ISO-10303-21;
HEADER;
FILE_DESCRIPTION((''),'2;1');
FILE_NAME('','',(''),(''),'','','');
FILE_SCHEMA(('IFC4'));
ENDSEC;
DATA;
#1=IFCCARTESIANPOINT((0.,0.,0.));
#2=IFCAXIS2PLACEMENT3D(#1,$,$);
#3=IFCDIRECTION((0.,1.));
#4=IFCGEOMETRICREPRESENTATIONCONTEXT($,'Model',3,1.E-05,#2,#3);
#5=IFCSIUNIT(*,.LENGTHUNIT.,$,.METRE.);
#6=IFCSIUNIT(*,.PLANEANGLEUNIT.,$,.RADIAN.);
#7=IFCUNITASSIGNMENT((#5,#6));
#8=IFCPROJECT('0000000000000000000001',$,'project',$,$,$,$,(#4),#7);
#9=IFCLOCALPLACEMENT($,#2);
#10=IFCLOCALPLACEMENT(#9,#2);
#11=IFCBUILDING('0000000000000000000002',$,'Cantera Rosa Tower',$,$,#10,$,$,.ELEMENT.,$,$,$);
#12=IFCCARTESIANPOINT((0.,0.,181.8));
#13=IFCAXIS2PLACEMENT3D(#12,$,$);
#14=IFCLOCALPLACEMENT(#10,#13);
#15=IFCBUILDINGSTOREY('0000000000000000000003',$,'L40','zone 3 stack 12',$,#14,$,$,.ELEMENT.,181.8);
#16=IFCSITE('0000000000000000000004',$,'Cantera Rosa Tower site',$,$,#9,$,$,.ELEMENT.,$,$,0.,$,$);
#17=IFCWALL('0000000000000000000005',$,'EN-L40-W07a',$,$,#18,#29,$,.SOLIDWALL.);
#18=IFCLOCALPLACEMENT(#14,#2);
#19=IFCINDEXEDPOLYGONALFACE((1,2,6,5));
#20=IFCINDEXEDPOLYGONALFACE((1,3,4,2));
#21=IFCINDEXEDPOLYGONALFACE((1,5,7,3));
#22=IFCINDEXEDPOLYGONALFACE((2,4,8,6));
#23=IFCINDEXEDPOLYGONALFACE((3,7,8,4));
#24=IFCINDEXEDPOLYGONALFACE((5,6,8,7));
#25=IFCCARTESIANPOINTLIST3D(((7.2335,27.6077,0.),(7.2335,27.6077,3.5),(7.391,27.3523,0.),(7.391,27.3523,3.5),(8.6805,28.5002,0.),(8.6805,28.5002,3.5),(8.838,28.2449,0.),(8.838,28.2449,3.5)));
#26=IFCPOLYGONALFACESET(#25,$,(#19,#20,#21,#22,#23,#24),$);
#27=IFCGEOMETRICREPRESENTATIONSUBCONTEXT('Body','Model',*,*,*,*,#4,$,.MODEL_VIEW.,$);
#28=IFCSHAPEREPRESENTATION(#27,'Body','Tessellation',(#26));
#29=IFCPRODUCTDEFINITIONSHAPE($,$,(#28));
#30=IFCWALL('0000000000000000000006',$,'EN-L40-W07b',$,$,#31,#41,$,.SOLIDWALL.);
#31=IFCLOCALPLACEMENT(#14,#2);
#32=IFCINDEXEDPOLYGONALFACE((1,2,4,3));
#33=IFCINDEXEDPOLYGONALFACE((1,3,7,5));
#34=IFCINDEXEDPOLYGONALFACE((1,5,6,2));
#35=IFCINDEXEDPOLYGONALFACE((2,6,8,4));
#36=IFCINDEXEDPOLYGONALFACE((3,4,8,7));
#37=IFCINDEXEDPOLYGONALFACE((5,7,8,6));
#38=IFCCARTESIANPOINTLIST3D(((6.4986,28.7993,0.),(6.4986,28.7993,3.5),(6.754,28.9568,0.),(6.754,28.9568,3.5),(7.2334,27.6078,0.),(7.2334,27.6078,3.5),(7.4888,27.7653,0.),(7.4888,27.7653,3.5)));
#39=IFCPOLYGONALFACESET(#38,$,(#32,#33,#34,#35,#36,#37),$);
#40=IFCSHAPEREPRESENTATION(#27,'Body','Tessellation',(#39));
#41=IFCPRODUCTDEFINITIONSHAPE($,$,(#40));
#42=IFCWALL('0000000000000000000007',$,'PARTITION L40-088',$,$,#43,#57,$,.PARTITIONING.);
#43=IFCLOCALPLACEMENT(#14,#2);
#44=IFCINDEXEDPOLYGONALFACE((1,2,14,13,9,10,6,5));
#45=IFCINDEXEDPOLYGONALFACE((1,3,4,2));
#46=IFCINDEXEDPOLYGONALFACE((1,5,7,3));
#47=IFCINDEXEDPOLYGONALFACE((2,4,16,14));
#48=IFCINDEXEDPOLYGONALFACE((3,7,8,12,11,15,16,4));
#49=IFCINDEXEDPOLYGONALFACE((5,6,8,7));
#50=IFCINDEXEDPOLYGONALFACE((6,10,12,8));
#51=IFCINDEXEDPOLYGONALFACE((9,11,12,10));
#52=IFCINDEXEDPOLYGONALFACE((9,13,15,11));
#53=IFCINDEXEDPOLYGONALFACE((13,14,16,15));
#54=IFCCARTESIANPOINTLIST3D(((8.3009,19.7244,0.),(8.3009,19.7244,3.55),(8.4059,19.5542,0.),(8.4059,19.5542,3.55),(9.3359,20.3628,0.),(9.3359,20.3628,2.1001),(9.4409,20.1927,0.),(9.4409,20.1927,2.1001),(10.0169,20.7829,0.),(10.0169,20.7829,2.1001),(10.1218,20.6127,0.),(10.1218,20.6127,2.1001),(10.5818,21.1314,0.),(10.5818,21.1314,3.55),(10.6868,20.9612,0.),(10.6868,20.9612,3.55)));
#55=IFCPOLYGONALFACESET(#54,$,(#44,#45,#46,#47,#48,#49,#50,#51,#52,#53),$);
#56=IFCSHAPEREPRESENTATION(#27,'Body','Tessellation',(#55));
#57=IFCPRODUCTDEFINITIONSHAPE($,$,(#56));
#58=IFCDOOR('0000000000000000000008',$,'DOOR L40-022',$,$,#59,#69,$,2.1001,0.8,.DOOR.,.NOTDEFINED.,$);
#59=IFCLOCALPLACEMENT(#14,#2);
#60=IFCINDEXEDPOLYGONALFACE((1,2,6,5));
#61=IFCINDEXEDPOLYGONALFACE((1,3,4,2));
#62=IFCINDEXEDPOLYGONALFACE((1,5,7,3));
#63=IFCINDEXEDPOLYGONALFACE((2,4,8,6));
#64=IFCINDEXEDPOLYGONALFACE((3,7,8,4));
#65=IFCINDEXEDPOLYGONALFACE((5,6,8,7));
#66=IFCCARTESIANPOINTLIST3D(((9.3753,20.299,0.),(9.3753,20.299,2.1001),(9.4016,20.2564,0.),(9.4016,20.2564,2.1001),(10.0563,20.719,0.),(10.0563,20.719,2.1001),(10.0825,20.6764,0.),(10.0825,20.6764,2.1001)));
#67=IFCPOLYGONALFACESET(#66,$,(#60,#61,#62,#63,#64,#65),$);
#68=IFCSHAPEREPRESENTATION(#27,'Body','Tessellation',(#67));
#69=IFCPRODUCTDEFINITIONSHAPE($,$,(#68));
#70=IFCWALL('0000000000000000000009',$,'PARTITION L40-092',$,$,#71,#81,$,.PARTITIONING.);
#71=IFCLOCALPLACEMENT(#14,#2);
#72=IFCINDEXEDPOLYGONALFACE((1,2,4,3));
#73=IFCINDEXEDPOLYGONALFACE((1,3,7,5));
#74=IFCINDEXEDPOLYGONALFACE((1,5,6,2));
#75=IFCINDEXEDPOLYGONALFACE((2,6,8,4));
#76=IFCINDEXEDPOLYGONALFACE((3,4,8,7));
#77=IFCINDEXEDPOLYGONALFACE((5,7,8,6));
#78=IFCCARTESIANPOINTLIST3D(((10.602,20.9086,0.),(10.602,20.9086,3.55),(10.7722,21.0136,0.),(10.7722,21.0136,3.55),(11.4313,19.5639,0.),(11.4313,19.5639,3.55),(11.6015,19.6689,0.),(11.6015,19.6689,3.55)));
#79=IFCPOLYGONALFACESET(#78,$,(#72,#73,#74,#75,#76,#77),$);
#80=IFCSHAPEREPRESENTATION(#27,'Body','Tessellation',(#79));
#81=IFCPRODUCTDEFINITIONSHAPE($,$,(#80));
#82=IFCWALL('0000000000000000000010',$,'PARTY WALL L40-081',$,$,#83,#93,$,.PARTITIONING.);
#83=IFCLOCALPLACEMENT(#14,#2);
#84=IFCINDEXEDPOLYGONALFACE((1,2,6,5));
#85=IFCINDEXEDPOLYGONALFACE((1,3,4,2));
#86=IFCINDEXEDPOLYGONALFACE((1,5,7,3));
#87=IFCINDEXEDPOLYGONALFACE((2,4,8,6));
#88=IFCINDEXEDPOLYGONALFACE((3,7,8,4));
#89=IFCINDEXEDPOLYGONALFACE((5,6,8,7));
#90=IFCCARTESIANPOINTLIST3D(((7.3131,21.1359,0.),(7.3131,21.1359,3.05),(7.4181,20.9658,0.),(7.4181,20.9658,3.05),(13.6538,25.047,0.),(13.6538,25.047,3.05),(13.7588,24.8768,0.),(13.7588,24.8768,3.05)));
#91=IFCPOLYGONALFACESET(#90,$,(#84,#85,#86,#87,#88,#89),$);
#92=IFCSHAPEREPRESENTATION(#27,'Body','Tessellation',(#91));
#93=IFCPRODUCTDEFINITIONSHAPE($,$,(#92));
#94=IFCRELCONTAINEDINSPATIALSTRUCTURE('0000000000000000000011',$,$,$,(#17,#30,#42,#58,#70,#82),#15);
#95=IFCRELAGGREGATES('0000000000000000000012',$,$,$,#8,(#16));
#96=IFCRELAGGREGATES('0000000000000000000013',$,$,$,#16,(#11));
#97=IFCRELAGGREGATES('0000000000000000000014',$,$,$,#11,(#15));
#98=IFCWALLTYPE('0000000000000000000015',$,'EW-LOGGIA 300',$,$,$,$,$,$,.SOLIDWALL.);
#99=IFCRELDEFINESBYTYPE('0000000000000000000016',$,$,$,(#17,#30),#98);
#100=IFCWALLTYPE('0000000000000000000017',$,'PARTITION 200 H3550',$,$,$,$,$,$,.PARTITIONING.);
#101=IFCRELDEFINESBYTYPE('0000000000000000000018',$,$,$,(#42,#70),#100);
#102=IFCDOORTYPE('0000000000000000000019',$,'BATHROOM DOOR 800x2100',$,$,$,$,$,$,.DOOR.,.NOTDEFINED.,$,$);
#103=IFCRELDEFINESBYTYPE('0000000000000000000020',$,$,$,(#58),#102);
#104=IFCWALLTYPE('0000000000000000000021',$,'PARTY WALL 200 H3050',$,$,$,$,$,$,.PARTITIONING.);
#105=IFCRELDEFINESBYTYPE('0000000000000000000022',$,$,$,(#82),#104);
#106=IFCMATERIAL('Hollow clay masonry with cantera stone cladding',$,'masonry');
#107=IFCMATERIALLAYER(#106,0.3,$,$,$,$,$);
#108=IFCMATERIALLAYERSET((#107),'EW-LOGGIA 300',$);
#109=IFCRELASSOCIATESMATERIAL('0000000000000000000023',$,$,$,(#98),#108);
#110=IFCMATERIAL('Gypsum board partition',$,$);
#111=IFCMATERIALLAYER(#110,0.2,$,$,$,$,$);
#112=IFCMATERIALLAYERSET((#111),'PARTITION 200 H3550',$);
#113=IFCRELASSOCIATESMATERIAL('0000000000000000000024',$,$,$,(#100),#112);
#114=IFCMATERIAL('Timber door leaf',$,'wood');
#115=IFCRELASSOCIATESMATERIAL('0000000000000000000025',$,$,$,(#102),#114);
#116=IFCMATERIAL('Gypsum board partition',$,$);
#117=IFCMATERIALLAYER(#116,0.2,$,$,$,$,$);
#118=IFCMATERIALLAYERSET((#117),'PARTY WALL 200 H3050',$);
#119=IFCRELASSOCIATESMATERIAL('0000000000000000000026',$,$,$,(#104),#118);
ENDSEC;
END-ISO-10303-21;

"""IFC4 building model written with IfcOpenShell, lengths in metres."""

from ifc_helpers import new_model, si_unit, direction, frame, frame_2d, origin, place, context, subcontext, project, spatial, rectangle, extrude, material, layer, layer_set, type_object, element, fill, save


model = new_model("IFC4")

# Units and contexts
model_context = context("Model", 3, precision=1e-05, world=origin(), true_north=direction((0.0, 1.0)))
body_context = subcontext(model_context, "Body", "Model", "MODEL_VIEW")
ifc_project = project(units=[si_unit("LENGTHUNIT", "METRE"), si_unit("PLANEANGLEUNIT", "RADIAN")], contexts=[model_context])

# Site, building, storey
site_placement = place(None, origin())
site = spatial("IfcSite", under=ifc_project, at=site_placement, Name="Cantera Rosa Tower site", CompositionType="ELEMENT", RefElevation=0.0)
building_placement = place(site_placement, origin())
building = spatial("IfcBuilding", under=site, at=building_placement, Name="Cantera Rosa Tower", CompositionType="ELEMENT")
storey_placement = place(building_placement, frame((0.0, 0.0, 181.8)))
storey = spatial("IfcBuildingStorey", under=building, at=storey_placement, Name="L40", Description="zone 3 stack 12", CompositionType="ELEMENT", Elevation=181.8)

# Walls
ifc_material_1 = material(Name="Hollow clay masonry with cantera stone cladding", Category="masonry")
ifc_layer_1 = layer(ifc_material_1, 0.3)
ifc_layer_set_1 = layer_set([ifc_layer_1], Name="EW-LOGGIA 300")
wall_type_1 = type_object("IfcWallType", Name="EW-LOGGIA 300", PredefinedType="SOLIDWALL", material=ifc_layer_set_1)
wall_1_placement = place(storey_placement, frame((8.7593, 28.3726, 0.0), z_axis=(0.0, 0.0, 1.0), x_axis=(-0.851106, -0.524994, 0.0)))
element("IfcWall", 1, at=wall_1_placement, inside=storey, type_object=wall_type_1, Name="EN-L40-W07a", PredefinedType="SOLIDWALL", context=body_context, shape_type="SweptSolid", body=[
    extrude(rectangle(XDim=1.7002, YDim=0.3, at=frame_2d((0.8501, 0.0))), origin(), (0.0, 0.0, 1.0), 3.5),
])
wall_2_placement = place(storey_placement, frame((7.3611, 27.6865, 0.0), z_axis=(0.0, 0.0, 1.0), x_axis=(-0.524895, 0.851167, 0.0)))
element("IfcWall", 2, at=wall_2_placement, inside=storey, type_object=wall_type_1, Name="EN-L40-W07b", PredefinedType="SOLIDWALL", context=body_context, shape_type="SweptSolid", body=[
    extrude(rectangle(XDim=1.3999, YDim=0.3, at=frame_2d((0.7, 0.0))), origin(), (0.0, 0.0, 1.0), 3.5),
])

# Wall, opening, door
ifc_material_2 = material(Name="Gypsum board partition")
ifc_layer_2 = layer(ifc_material_2, 0.2)
ifc_layer_set_2 = layer_set([ifc_layer_2], Name="PARTITION 200 H3550")
wall_type_2 = type_object("IfcWallType", Name="PARTITION 200 H3550", PredefinedType="PARTITIONING", material=ifc_layer_set_2)
wall_3_placement = place(storey_placement, frame((8.3535, 19.6394, 0.0), z_axis=(0.0, 0.0, 1.0), x_axis=(0.85111, 0.524987, 0.0)))
wall_3 = element("IfcWall", 3, at=wall_3_placement, inside=storey, type_object=wall_type_2, Name="PARTITION L40-088", PredefinedType="PARTITIONING", context=body_context, shape_type="SweptSolid", body=[
    extrude(rectangle(XDim=2.6799, YDim=0.2, at=frame_2d((1.3398, 0.0))), origin(), (0.0, 0.0, 1.0), 3.55),
])
opening_placement = place(wall_3_placement, frame((1.2161, 0.0, 0.0)))
opening = element("IfcOpeningElement", 4, at=opening_placement, cuts=wall_3, PredefinedType="OPENING", context=body_context, shape_type="SweptSolid", body=[
    extrude(rectangle(XDim=0.8, YDim=2.1001, at=frame_2d((0.3999, 1.05))), frame((0.0, 0.1099, 0.0), z_axis=(0.0, -1.0, 0.0), x_axis=(1.0, 0.0, 0.0)), (0.0, 0.0, 1.0), 0.22),
])
ifc_material_3 = material(Name="Timber door leaf", Category="wood")
door_type = type_object("IfcDoorType", Name="BATHROOM DOOR 800x2100", OperationType="NOTDEFINED", PredefinedType="DOOR", material=ifc_material_3)
door_placement = place(opening_placement, origin())
door = element("IfcDoor", 5, at=door_placement, inside=storey, type_object=door_type, Name="DOOR L40-022", OperationType="NOTDEFINED", OverallHeight=2.1001, OverallWidth=0.8, PredefinedType="DOOR", context=body_context, shape_type="SweptSolid", body=[
    extrude(rectangle(XDim=0.8, YDim=2.1001, at=frame_2d((0.3999, 1.05))), frame((0.0, 0.0249, 0.0), z_axis=(0.0, -1.0, 0.0), x_axis=(1.0, 0.0, 0.0)), (0.0, 0.0, 1.0), 0.05),
])
fill(opening, door)

# Walls
wall_4_placement = place(storey_placement, frame((10.687, 20.9612, 0.0), z_axis=(0.0, 0.0, 1.0), x_axis=(0.524933, -0.851143, 0.0)))
element("IfcWall", 6, at=wall_4_placement, inside=storey, type_object=wall_type_2, Name="PARTITION L40-092", PredefinedType="PARTITIONING", context=body_context, shape_type="SweptSolid", body=[
    extrude(rectangle(XDim=1.5798, YDim=0.2, at=frame_2d((0.79, 0.0))), origin(), (0.0, 0.0, 1.0), 3.55),
])
ifc_material_4 = material(Name="Gypsum board partition")
ifc_layer_3 = layer(ifc_material_4, 0.2)
ifc_layer_set_3 = layer_set([ifc_layer_3], Name="PARTY WALL 200 H3050")
wall_type_3 = type_object("IfcWallType", Name="PARTY WALL 200 H3050", PredefinedType="PARTITIONING", material=ifc_layer_set_3)
wall_5_placement = place(storey_placement, frame((7.3655, 21.0508, 0.0), z_axis=(0.0, 0.0, 1.0), x_axis=(0.851113, 0.524982, 0.0)))
element("IfcWall", 7, at=wall_5_placement, inside=storey, type_object=wall_type_3, Name="PARTY WALL L40-081", PredefinedType="PARTITIONING", context=body_context, shape_type="SweptSolid", body=[
    extrude(rectangle(XDim=7.45, YDim=0.2, at=frame_2d((3.7251, 0.0))), origin(), (0.0, 0.0, 1.0), 3.05),
])

save(model, "model.ifc")
